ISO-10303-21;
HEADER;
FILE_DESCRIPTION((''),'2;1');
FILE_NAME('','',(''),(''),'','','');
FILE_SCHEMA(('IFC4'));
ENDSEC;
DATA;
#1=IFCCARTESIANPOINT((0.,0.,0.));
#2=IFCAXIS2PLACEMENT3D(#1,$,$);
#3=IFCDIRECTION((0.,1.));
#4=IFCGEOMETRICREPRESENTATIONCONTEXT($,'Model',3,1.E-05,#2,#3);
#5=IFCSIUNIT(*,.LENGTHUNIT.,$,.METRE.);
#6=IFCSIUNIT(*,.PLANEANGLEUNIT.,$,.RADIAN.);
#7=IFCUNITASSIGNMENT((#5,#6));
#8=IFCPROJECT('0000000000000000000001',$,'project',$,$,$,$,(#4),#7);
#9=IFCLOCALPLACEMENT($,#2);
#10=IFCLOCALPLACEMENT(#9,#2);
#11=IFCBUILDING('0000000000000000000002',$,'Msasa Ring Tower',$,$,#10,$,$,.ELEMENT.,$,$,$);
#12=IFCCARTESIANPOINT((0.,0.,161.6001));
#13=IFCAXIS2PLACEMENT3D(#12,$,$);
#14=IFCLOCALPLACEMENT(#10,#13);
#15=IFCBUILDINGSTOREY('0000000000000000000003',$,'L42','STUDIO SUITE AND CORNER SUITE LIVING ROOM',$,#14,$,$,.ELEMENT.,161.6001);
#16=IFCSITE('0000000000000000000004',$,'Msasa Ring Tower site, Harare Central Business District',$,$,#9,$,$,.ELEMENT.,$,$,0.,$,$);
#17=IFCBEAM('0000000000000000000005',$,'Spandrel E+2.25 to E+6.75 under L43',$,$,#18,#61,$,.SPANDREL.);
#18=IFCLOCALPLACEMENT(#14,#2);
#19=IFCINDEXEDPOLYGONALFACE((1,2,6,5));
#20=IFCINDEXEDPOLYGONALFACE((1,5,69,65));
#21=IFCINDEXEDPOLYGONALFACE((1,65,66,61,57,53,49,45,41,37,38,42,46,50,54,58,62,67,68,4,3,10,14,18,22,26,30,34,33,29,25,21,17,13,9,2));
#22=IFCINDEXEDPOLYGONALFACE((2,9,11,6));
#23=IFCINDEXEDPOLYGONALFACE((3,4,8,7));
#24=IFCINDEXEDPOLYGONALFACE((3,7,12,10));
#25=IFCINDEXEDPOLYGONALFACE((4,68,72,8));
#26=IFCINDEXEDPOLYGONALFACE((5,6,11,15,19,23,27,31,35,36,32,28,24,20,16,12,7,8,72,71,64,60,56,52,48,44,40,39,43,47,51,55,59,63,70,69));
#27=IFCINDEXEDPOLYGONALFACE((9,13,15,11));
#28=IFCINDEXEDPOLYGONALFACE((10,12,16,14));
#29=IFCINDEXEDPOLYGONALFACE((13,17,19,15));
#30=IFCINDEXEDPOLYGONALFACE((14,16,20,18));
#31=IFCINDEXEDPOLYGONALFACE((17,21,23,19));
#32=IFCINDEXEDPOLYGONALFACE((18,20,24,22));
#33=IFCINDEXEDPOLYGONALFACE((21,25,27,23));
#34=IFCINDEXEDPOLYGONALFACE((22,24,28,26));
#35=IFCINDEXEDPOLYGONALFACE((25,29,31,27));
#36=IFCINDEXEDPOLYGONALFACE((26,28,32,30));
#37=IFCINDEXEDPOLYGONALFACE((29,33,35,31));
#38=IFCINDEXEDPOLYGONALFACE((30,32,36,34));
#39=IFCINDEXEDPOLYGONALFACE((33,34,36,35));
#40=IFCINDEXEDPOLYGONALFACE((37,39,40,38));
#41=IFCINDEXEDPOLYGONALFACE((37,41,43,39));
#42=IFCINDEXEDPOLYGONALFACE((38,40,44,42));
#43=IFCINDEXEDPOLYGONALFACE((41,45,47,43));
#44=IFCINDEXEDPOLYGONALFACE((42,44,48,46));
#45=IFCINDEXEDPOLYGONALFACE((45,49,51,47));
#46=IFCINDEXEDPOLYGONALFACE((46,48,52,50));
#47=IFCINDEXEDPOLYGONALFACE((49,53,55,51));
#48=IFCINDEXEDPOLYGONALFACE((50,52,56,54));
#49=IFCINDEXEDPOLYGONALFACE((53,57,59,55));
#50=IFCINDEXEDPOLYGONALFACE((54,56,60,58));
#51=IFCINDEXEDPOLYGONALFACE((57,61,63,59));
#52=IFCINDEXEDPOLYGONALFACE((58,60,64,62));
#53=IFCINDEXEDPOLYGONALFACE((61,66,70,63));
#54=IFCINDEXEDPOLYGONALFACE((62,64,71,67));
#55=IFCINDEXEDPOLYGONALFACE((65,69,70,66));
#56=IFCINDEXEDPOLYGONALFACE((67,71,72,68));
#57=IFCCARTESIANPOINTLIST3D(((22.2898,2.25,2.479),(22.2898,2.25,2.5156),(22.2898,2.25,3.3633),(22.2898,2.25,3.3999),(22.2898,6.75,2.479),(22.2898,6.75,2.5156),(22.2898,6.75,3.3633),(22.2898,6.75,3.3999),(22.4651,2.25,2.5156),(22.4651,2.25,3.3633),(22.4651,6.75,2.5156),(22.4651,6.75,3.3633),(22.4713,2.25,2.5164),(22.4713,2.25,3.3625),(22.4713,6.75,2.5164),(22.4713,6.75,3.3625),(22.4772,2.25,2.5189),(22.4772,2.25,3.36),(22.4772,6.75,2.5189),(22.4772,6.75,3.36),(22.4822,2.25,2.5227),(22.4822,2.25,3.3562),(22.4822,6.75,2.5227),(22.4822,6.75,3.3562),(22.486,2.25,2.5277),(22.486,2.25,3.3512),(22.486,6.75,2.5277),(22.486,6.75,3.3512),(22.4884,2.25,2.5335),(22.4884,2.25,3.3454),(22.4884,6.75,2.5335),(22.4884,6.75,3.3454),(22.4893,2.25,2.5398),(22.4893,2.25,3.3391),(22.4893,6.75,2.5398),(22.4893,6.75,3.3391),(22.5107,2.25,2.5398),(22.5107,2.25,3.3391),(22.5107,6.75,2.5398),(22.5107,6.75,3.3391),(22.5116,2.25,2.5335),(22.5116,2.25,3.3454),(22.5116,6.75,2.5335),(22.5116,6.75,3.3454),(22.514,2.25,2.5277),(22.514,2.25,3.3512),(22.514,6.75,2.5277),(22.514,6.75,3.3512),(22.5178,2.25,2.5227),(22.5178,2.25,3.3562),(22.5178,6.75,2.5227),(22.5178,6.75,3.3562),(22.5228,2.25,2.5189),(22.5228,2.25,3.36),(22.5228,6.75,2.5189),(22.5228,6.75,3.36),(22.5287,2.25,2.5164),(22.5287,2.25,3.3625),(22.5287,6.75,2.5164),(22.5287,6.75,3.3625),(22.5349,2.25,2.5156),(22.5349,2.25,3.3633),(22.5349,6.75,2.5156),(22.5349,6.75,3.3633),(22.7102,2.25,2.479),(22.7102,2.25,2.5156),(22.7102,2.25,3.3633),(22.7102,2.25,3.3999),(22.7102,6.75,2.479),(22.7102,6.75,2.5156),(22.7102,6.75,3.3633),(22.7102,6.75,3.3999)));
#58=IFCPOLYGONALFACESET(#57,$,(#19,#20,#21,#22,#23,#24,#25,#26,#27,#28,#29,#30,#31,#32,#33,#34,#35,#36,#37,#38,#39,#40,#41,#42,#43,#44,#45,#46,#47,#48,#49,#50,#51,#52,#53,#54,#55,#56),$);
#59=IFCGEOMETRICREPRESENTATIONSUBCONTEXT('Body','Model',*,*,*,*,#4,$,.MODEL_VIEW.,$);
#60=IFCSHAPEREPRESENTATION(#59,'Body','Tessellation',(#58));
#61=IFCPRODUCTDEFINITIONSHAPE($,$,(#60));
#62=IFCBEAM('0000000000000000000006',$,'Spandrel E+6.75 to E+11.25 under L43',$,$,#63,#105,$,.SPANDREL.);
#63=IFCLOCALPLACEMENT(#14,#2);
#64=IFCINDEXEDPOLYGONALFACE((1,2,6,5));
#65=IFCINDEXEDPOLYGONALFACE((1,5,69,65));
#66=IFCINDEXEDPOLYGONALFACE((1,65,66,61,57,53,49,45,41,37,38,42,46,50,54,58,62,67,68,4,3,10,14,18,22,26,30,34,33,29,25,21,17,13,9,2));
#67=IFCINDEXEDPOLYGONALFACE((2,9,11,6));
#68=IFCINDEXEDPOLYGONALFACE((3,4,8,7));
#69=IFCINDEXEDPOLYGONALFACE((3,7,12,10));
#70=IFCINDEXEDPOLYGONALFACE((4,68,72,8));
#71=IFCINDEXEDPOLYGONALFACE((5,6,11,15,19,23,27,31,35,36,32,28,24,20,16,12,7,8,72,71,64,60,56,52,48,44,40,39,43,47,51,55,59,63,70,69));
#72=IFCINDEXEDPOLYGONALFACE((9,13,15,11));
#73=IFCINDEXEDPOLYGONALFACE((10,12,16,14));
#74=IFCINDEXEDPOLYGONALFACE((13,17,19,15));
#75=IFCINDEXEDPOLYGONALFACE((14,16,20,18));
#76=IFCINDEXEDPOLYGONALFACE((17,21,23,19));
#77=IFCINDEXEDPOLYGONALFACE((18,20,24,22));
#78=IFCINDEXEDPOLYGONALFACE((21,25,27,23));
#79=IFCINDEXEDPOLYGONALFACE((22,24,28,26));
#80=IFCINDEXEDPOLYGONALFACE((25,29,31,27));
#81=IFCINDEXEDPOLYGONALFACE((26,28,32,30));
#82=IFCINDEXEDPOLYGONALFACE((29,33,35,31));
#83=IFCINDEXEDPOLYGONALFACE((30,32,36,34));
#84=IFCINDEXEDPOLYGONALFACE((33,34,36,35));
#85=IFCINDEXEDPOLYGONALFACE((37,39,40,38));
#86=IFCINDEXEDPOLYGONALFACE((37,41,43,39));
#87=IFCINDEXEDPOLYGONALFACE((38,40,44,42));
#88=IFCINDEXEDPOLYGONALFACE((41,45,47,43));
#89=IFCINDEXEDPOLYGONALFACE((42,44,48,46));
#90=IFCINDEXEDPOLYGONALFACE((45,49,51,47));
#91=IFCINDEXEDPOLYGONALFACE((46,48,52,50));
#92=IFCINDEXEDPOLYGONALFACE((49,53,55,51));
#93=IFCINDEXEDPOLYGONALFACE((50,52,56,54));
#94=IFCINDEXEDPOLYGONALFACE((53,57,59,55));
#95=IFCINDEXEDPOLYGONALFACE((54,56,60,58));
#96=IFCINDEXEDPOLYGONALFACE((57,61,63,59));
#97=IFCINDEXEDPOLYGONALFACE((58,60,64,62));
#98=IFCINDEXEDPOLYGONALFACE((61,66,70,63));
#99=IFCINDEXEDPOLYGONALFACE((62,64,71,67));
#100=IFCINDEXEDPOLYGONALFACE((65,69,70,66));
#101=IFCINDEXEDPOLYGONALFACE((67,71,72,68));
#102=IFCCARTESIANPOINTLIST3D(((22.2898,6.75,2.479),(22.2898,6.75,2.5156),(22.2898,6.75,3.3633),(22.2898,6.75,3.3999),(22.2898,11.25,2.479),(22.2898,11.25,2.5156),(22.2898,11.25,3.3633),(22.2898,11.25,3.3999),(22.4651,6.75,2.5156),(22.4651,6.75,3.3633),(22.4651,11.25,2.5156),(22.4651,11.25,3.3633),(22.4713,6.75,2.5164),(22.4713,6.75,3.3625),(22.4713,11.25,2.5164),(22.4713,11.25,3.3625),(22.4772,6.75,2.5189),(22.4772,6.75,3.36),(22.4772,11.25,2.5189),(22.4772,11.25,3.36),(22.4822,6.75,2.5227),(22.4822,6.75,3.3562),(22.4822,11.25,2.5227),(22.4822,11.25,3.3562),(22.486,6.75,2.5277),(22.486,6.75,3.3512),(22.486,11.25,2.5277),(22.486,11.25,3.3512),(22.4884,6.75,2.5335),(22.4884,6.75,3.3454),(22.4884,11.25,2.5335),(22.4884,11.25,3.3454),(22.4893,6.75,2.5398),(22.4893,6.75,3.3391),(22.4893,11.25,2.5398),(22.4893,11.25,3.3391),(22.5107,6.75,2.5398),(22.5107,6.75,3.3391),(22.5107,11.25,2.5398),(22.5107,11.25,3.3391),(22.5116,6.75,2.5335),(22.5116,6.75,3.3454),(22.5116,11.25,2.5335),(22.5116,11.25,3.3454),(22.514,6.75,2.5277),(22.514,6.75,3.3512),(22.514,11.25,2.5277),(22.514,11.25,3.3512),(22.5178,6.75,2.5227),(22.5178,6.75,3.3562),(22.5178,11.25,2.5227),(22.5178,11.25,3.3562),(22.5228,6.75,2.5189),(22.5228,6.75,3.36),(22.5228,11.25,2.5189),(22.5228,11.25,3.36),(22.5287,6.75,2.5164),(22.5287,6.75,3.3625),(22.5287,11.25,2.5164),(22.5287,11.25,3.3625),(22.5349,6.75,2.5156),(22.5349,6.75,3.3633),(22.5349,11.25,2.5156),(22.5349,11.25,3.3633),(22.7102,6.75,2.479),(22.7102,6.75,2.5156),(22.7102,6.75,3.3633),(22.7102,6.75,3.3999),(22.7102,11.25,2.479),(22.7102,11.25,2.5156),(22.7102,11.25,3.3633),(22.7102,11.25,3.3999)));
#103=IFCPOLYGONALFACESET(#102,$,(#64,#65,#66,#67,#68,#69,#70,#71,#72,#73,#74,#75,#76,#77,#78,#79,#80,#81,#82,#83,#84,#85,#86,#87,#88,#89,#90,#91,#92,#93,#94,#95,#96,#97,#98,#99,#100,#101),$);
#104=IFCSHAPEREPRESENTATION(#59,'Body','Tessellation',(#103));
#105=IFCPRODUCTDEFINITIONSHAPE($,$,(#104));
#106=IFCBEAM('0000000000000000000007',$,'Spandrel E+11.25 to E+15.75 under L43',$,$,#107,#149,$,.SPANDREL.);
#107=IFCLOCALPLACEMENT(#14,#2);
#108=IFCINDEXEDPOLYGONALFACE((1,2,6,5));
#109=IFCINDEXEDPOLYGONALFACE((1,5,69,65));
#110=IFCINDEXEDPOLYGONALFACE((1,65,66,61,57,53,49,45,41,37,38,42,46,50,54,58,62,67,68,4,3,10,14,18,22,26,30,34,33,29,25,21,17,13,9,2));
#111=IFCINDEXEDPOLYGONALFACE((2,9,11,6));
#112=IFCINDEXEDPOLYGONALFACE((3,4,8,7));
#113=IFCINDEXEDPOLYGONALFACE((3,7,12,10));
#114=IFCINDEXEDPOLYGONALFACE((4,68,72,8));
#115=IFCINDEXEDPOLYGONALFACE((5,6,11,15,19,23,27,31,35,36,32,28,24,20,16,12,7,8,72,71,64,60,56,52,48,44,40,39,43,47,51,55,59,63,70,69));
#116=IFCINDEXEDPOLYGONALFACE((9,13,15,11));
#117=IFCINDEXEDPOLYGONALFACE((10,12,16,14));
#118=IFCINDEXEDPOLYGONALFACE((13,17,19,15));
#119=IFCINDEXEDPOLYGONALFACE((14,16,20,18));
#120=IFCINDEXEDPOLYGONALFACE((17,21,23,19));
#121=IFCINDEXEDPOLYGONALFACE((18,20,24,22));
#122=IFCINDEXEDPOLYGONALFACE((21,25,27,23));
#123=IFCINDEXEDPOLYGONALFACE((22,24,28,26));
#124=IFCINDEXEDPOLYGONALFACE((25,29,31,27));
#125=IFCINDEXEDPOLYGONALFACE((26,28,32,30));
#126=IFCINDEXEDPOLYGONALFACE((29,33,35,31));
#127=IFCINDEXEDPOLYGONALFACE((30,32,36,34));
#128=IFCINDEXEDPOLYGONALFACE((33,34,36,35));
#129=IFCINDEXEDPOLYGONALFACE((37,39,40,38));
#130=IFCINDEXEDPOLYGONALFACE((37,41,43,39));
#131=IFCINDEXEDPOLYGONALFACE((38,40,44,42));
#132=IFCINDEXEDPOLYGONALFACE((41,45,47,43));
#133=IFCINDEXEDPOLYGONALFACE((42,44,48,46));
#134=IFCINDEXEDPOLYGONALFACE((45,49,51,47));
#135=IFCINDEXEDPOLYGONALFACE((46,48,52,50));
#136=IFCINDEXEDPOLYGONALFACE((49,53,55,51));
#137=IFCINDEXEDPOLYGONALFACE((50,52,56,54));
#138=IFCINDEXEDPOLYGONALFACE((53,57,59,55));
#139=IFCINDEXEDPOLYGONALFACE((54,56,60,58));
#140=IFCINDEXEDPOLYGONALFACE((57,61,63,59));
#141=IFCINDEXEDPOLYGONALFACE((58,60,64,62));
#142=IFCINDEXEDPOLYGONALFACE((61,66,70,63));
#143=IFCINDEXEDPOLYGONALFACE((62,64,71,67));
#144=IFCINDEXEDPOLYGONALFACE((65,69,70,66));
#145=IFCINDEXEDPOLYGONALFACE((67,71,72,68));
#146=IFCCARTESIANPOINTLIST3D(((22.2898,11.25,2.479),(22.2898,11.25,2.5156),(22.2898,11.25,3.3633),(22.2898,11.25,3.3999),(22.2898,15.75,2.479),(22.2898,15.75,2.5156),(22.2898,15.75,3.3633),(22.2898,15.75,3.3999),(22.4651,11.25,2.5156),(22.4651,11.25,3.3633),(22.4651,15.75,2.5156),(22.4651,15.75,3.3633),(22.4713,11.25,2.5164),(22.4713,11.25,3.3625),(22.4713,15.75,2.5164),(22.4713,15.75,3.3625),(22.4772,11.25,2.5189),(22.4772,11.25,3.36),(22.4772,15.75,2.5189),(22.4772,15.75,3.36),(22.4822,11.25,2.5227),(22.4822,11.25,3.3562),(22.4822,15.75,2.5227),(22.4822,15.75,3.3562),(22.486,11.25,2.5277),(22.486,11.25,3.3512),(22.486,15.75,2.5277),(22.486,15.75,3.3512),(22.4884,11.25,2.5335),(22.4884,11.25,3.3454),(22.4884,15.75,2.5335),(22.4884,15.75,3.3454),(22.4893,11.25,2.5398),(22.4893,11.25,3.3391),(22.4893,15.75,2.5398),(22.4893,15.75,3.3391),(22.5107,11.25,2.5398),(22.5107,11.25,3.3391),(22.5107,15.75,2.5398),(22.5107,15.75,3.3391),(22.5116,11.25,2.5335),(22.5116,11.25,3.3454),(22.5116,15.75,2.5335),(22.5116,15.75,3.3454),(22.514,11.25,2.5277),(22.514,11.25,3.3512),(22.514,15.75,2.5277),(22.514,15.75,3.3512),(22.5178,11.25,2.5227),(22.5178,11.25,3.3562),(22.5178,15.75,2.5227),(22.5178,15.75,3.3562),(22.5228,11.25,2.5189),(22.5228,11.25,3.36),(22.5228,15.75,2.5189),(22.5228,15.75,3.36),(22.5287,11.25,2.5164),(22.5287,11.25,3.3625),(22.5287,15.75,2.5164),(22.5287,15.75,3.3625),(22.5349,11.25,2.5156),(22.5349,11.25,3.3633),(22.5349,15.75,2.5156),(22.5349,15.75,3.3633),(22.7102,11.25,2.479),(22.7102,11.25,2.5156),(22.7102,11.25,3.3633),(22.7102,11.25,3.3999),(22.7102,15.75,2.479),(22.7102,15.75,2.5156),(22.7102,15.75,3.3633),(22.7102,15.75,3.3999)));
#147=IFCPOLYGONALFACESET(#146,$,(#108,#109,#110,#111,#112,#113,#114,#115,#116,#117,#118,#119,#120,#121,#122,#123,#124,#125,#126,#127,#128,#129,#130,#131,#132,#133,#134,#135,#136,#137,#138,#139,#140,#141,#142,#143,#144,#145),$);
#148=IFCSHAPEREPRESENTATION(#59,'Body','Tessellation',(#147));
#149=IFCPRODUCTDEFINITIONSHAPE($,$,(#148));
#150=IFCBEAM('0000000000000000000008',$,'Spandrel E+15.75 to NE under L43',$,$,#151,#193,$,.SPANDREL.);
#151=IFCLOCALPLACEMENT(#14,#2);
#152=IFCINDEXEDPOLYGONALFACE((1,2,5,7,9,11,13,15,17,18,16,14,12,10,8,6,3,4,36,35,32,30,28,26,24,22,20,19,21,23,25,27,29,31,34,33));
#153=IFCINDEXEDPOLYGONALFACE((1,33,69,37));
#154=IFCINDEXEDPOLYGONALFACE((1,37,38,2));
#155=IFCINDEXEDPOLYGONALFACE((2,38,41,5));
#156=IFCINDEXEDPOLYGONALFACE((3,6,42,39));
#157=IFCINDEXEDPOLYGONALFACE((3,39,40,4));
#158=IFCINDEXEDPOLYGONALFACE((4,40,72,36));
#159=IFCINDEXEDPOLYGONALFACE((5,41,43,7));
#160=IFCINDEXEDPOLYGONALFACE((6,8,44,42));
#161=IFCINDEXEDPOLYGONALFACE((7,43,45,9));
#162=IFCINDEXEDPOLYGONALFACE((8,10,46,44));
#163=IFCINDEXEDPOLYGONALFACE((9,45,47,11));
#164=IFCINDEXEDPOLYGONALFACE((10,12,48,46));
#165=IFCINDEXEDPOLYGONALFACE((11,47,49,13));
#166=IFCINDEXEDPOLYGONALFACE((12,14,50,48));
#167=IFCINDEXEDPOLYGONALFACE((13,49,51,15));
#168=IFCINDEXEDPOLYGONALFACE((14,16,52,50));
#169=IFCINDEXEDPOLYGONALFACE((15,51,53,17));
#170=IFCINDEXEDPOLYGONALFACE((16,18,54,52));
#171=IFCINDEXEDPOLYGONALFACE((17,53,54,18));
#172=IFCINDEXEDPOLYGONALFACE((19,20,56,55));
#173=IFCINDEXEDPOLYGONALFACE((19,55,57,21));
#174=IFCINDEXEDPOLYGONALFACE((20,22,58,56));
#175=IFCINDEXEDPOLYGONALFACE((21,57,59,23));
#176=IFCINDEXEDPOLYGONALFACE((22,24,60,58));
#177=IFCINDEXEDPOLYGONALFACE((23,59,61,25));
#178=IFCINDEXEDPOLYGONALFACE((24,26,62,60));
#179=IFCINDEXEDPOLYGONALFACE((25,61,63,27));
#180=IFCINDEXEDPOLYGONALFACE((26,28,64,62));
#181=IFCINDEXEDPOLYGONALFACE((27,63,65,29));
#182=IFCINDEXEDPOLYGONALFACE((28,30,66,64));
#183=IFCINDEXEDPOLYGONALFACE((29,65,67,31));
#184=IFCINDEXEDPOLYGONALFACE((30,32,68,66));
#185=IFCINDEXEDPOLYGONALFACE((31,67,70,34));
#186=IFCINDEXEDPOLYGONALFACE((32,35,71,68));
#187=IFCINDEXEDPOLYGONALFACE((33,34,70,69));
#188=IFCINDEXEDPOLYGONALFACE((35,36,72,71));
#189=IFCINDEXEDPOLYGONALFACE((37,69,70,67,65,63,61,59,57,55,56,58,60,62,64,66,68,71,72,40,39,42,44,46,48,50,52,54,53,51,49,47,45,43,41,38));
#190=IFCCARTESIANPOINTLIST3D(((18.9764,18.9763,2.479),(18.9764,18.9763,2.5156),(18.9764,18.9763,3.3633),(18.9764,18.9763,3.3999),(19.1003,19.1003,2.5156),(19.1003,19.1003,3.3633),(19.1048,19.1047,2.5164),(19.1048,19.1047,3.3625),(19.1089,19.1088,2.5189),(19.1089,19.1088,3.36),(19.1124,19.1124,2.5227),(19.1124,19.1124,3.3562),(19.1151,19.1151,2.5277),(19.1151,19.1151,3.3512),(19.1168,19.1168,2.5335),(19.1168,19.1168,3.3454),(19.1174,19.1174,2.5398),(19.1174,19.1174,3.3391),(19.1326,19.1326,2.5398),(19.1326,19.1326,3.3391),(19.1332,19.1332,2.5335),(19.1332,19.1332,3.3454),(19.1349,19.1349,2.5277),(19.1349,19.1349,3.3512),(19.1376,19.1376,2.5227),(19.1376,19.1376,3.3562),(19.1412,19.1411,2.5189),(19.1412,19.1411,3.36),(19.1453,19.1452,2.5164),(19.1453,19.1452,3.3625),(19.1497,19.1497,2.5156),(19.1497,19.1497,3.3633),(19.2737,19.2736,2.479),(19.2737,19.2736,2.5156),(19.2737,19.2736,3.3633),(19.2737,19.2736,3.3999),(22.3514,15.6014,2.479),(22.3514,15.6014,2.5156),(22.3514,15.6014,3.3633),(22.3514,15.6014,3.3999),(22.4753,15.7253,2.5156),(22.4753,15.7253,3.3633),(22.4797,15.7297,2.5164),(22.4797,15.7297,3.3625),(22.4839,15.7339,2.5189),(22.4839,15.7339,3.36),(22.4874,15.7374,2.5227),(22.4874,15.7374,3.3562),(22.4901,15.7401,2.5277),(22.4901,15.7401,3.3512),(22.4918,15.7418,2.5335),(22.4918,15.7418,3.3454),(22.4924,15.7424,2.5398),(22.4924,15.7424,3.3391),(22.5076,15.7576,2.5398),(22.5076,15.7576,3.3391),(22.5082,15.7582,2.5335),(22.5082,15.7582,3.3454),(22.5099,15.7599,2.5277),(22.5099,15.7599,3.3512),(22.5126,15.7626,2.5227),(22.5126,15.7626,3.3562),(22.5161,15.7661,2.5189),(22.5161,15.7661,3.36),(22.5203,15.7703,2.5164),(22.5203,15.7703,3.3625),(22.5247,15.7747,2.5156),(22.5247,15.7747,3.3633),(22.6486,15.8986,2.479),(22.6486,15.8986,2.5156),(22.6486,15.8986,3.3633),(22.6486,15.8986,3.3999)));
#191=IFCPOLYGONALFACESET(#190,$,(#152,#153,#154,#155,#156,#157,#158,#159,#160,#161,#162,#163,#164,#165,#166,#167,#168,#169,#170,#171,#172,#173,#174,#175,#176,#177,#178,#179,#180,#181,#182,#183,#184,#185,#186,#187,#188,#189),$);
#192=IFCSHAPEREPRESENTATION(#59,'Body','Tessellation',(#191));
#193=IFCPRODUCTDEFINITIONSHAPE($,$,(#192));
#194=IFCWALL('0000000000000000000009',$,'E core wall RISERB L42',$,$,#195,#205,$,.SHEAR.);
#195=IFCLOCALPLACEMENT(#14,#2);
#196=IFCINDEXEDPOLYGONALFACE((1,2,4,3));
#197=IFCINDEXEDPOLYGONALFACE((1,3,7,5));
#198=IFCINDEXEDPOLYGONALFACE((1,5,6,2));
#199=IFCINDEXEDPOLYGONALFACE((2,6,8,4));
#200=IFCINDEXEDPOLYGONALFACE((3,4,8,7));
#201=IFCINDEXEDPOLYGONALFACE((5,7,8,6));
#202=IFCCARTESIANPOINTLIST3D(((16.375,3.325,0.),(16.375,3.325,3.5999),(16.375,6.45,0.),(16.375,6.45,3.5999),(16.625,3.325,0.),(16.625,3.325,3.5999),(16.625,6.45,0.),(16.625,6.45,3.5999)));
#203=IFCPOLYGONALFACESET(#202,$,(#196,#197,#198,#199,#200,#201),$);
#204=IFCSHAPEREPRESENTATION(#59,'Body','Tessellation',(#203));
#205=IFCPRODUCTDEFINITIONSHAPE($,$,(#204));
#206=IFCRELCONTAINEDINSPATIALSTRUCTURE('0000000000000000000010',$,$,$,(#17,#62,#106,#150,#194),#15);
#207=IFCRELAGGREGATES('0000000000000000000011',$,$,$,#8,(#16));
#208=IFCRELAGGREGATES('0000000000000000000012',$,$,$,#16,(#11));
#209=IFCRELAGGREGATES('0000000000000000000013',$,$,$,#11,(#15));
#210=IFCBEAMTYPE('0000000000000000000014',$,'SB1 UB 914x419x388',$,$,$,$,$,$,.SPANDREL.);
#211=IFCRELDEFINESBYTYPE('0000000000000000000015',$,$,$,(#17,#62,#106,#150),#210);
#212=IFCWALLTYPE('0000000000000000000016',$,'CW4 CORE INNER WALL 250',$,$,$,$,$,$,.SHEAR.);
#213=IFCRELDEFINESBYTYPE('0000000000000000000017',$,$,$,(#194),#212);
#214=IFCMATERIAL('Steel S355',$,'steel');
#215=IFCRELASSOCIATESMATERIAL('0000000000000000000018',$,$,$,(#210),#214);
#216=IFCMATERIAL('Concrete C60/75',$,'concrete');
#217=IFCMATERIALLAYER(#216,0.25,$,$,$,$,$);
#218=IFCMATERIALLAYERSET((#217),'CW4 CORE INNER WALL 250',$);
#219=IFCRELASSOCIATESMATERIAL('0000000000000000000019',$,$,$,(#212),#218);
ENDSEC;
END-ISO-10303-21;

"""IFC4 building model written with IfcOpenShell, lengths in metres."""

from ifc_helpers import new_model, si_unit, direction, frame, frame_2d, origin, origin_2d, place, context, subcontext, project, spatial, rectangle, i_section, extrude, material, layer, layer_set, material_profile, profile_set, type_object, element, save


model = new_model("IFC4")

# Units and contexts
model_context = context("Model", 3, precision=1e-05, world=origin(), true_north=direction((0.0, 1.0)))
body_context = subcontext(model_context, "Body", "Model", "MODEL_VIEW")
ifc_project = project(units=[si_unit("LENGTHUNIT", "METRE"), si_unit("PLANEANGLEUNIT", "RADIAN")], contexts=[model_context])

# Site, building, storey
site_placement = place(None, origin())
site = spatial("IfcSite", under=ifc_project, at=site_placement, Name="Msasa Ring Tower site, Harare Central Business District", CompositionType="ELEMENT", RefElevation=0.0)
building_placement = place(site_placement, origin())
building = spatial("IfcBuilding", under=site, at=building_placement, Name="Msasa Ring Tower", CompositionType="ELEMENT")
storey_placement = place(building_placement, frame((0.0, 0.0, 161.6001)))
storey = spatial("IfcBuildingStorey", under=building, at=storey_placement, Name="L42", Description="STUDIO SUITE AND CORNER SUITE LIVING ROOM", CompositionType="ELEMENT", Elevation=161.6001)

# Beams
ifc_material_1 = material(Name="Steel S355", Category="steel")
ifc_material_profile_1 = material_profile(ifc_material_1, i_section(OverallWidth=0.4204, OverallDepth=0.9209, WebThickness=0.0215, FlangeThickness=0.0366, FilletRadius=0.0242, at=origin_2d()), Name="UB 914x419x388")
ifc_profile_set_1 = profile_set([ifc_material_profile_1], Name="Steel S355")
beam_type_1 = type_object("IfcBeamType", Name="SB1 UB 914x419x388", PredefinedType="SPANDREL", material=ifc_profile_set_1)
for number, where, z_axis, x_axis, name in (
    (1, (22.5, 2.25, 2.9395), (0.0, 1.0, 0.0), (-1.0, 0.0, 0.0), "Spandrel E+2.25 to E+6.75 under L43"),
    (2, (22.5, 6.75, 2.9395), (0.0, 1.0, 0.0), (-1.0, 0.0, 0.0), "Spandrel E+6.75 to E+11.25 under L43"),
    (3, (22.5, 11.25, 2.9395), (0.0, 1.0, 0.0), (-1.0, 0.0, 0.0), "Spandrel E+11.25 to E+15.75 under L43"),
):
    element("IfcBeam", number, at=place(storey_placement, frame(where, z_axis=z_axis, x_axis=x_axis)), inside=storey, type_object=beam_type_1, Name=name, PredefinedType="SPANDREL", context=body_context, shape_type="SweptSolid", body=[
        extrude(i_section(OverallWidth=0.4204, OverallDepth=0.9209, WebThickness=0.0215, FlangeThickness=0.0366, FilletRadius=0.0242, at=origin_2d()), origin(), (0.0, 0.0, 1.0), 4.5),
    ])
beam_1_placement = place(storey_placement, frame((22.5, 15.75, 2.9395), z_axis=(-0.707107, 0.707107, 0.0), x_axis=(-0.707107, -0.707107, 0.0)))
element("IfcBeam", 4, at=beam_1_placement, inside=storey, type_object=beam_type_1, Name="Spandrel E+15.75 to NE under L43", PredefinedType="SPANDREL", context=body_context, shape_type="SweptSolid", body=[
    extrude(i_section(OverallWidth=0.4204, OverallDepth=0.9209, WebThickness=0.0215, FlangeThickness=0.0366, FilletRadius=0.0242, at=origin_2d()), origin(), (0.0, 0.0, 1.0), 4.7729),
])

# Wall
ifc_material_2 = material(Name="Concrete C60/75", Category="concrete")
ifc_layer_1 = layer(ifc_material_2, 0.25)
ifc_layer_set_1 = layer_set([ifc_layer_1], Name="CW4 CORE INNER WALL 250")
wall_type_1 = type_object("IfcWallType", Name="CW4 CORE INNER WALL 250", PredefinedType="SHEAR", material=ifc_layer_set_1)
wall_1_placement = place(storey_placement, frame((16.5, 3.325, 0.0), z_axis=(0.0, 0.0, 1.0), x_axis=(0.0, 1.0, 0.0)))
element("IfcWall", 5, at=wall_1_placement, inside=storey, type_object=wall_type_1, Name="E core wall RISERB L42", PredefinedType="SHEAR", context=body_context, shape_type="SweptSolid", body=[
    extrude(rectangle(XDim=3.125, YDim=0.25, at=frame_2d((1.5625, 0.0))), origin(), (0.0, 0.0, 1.0), 3.5999),
])

save(model, "model.ifc")
